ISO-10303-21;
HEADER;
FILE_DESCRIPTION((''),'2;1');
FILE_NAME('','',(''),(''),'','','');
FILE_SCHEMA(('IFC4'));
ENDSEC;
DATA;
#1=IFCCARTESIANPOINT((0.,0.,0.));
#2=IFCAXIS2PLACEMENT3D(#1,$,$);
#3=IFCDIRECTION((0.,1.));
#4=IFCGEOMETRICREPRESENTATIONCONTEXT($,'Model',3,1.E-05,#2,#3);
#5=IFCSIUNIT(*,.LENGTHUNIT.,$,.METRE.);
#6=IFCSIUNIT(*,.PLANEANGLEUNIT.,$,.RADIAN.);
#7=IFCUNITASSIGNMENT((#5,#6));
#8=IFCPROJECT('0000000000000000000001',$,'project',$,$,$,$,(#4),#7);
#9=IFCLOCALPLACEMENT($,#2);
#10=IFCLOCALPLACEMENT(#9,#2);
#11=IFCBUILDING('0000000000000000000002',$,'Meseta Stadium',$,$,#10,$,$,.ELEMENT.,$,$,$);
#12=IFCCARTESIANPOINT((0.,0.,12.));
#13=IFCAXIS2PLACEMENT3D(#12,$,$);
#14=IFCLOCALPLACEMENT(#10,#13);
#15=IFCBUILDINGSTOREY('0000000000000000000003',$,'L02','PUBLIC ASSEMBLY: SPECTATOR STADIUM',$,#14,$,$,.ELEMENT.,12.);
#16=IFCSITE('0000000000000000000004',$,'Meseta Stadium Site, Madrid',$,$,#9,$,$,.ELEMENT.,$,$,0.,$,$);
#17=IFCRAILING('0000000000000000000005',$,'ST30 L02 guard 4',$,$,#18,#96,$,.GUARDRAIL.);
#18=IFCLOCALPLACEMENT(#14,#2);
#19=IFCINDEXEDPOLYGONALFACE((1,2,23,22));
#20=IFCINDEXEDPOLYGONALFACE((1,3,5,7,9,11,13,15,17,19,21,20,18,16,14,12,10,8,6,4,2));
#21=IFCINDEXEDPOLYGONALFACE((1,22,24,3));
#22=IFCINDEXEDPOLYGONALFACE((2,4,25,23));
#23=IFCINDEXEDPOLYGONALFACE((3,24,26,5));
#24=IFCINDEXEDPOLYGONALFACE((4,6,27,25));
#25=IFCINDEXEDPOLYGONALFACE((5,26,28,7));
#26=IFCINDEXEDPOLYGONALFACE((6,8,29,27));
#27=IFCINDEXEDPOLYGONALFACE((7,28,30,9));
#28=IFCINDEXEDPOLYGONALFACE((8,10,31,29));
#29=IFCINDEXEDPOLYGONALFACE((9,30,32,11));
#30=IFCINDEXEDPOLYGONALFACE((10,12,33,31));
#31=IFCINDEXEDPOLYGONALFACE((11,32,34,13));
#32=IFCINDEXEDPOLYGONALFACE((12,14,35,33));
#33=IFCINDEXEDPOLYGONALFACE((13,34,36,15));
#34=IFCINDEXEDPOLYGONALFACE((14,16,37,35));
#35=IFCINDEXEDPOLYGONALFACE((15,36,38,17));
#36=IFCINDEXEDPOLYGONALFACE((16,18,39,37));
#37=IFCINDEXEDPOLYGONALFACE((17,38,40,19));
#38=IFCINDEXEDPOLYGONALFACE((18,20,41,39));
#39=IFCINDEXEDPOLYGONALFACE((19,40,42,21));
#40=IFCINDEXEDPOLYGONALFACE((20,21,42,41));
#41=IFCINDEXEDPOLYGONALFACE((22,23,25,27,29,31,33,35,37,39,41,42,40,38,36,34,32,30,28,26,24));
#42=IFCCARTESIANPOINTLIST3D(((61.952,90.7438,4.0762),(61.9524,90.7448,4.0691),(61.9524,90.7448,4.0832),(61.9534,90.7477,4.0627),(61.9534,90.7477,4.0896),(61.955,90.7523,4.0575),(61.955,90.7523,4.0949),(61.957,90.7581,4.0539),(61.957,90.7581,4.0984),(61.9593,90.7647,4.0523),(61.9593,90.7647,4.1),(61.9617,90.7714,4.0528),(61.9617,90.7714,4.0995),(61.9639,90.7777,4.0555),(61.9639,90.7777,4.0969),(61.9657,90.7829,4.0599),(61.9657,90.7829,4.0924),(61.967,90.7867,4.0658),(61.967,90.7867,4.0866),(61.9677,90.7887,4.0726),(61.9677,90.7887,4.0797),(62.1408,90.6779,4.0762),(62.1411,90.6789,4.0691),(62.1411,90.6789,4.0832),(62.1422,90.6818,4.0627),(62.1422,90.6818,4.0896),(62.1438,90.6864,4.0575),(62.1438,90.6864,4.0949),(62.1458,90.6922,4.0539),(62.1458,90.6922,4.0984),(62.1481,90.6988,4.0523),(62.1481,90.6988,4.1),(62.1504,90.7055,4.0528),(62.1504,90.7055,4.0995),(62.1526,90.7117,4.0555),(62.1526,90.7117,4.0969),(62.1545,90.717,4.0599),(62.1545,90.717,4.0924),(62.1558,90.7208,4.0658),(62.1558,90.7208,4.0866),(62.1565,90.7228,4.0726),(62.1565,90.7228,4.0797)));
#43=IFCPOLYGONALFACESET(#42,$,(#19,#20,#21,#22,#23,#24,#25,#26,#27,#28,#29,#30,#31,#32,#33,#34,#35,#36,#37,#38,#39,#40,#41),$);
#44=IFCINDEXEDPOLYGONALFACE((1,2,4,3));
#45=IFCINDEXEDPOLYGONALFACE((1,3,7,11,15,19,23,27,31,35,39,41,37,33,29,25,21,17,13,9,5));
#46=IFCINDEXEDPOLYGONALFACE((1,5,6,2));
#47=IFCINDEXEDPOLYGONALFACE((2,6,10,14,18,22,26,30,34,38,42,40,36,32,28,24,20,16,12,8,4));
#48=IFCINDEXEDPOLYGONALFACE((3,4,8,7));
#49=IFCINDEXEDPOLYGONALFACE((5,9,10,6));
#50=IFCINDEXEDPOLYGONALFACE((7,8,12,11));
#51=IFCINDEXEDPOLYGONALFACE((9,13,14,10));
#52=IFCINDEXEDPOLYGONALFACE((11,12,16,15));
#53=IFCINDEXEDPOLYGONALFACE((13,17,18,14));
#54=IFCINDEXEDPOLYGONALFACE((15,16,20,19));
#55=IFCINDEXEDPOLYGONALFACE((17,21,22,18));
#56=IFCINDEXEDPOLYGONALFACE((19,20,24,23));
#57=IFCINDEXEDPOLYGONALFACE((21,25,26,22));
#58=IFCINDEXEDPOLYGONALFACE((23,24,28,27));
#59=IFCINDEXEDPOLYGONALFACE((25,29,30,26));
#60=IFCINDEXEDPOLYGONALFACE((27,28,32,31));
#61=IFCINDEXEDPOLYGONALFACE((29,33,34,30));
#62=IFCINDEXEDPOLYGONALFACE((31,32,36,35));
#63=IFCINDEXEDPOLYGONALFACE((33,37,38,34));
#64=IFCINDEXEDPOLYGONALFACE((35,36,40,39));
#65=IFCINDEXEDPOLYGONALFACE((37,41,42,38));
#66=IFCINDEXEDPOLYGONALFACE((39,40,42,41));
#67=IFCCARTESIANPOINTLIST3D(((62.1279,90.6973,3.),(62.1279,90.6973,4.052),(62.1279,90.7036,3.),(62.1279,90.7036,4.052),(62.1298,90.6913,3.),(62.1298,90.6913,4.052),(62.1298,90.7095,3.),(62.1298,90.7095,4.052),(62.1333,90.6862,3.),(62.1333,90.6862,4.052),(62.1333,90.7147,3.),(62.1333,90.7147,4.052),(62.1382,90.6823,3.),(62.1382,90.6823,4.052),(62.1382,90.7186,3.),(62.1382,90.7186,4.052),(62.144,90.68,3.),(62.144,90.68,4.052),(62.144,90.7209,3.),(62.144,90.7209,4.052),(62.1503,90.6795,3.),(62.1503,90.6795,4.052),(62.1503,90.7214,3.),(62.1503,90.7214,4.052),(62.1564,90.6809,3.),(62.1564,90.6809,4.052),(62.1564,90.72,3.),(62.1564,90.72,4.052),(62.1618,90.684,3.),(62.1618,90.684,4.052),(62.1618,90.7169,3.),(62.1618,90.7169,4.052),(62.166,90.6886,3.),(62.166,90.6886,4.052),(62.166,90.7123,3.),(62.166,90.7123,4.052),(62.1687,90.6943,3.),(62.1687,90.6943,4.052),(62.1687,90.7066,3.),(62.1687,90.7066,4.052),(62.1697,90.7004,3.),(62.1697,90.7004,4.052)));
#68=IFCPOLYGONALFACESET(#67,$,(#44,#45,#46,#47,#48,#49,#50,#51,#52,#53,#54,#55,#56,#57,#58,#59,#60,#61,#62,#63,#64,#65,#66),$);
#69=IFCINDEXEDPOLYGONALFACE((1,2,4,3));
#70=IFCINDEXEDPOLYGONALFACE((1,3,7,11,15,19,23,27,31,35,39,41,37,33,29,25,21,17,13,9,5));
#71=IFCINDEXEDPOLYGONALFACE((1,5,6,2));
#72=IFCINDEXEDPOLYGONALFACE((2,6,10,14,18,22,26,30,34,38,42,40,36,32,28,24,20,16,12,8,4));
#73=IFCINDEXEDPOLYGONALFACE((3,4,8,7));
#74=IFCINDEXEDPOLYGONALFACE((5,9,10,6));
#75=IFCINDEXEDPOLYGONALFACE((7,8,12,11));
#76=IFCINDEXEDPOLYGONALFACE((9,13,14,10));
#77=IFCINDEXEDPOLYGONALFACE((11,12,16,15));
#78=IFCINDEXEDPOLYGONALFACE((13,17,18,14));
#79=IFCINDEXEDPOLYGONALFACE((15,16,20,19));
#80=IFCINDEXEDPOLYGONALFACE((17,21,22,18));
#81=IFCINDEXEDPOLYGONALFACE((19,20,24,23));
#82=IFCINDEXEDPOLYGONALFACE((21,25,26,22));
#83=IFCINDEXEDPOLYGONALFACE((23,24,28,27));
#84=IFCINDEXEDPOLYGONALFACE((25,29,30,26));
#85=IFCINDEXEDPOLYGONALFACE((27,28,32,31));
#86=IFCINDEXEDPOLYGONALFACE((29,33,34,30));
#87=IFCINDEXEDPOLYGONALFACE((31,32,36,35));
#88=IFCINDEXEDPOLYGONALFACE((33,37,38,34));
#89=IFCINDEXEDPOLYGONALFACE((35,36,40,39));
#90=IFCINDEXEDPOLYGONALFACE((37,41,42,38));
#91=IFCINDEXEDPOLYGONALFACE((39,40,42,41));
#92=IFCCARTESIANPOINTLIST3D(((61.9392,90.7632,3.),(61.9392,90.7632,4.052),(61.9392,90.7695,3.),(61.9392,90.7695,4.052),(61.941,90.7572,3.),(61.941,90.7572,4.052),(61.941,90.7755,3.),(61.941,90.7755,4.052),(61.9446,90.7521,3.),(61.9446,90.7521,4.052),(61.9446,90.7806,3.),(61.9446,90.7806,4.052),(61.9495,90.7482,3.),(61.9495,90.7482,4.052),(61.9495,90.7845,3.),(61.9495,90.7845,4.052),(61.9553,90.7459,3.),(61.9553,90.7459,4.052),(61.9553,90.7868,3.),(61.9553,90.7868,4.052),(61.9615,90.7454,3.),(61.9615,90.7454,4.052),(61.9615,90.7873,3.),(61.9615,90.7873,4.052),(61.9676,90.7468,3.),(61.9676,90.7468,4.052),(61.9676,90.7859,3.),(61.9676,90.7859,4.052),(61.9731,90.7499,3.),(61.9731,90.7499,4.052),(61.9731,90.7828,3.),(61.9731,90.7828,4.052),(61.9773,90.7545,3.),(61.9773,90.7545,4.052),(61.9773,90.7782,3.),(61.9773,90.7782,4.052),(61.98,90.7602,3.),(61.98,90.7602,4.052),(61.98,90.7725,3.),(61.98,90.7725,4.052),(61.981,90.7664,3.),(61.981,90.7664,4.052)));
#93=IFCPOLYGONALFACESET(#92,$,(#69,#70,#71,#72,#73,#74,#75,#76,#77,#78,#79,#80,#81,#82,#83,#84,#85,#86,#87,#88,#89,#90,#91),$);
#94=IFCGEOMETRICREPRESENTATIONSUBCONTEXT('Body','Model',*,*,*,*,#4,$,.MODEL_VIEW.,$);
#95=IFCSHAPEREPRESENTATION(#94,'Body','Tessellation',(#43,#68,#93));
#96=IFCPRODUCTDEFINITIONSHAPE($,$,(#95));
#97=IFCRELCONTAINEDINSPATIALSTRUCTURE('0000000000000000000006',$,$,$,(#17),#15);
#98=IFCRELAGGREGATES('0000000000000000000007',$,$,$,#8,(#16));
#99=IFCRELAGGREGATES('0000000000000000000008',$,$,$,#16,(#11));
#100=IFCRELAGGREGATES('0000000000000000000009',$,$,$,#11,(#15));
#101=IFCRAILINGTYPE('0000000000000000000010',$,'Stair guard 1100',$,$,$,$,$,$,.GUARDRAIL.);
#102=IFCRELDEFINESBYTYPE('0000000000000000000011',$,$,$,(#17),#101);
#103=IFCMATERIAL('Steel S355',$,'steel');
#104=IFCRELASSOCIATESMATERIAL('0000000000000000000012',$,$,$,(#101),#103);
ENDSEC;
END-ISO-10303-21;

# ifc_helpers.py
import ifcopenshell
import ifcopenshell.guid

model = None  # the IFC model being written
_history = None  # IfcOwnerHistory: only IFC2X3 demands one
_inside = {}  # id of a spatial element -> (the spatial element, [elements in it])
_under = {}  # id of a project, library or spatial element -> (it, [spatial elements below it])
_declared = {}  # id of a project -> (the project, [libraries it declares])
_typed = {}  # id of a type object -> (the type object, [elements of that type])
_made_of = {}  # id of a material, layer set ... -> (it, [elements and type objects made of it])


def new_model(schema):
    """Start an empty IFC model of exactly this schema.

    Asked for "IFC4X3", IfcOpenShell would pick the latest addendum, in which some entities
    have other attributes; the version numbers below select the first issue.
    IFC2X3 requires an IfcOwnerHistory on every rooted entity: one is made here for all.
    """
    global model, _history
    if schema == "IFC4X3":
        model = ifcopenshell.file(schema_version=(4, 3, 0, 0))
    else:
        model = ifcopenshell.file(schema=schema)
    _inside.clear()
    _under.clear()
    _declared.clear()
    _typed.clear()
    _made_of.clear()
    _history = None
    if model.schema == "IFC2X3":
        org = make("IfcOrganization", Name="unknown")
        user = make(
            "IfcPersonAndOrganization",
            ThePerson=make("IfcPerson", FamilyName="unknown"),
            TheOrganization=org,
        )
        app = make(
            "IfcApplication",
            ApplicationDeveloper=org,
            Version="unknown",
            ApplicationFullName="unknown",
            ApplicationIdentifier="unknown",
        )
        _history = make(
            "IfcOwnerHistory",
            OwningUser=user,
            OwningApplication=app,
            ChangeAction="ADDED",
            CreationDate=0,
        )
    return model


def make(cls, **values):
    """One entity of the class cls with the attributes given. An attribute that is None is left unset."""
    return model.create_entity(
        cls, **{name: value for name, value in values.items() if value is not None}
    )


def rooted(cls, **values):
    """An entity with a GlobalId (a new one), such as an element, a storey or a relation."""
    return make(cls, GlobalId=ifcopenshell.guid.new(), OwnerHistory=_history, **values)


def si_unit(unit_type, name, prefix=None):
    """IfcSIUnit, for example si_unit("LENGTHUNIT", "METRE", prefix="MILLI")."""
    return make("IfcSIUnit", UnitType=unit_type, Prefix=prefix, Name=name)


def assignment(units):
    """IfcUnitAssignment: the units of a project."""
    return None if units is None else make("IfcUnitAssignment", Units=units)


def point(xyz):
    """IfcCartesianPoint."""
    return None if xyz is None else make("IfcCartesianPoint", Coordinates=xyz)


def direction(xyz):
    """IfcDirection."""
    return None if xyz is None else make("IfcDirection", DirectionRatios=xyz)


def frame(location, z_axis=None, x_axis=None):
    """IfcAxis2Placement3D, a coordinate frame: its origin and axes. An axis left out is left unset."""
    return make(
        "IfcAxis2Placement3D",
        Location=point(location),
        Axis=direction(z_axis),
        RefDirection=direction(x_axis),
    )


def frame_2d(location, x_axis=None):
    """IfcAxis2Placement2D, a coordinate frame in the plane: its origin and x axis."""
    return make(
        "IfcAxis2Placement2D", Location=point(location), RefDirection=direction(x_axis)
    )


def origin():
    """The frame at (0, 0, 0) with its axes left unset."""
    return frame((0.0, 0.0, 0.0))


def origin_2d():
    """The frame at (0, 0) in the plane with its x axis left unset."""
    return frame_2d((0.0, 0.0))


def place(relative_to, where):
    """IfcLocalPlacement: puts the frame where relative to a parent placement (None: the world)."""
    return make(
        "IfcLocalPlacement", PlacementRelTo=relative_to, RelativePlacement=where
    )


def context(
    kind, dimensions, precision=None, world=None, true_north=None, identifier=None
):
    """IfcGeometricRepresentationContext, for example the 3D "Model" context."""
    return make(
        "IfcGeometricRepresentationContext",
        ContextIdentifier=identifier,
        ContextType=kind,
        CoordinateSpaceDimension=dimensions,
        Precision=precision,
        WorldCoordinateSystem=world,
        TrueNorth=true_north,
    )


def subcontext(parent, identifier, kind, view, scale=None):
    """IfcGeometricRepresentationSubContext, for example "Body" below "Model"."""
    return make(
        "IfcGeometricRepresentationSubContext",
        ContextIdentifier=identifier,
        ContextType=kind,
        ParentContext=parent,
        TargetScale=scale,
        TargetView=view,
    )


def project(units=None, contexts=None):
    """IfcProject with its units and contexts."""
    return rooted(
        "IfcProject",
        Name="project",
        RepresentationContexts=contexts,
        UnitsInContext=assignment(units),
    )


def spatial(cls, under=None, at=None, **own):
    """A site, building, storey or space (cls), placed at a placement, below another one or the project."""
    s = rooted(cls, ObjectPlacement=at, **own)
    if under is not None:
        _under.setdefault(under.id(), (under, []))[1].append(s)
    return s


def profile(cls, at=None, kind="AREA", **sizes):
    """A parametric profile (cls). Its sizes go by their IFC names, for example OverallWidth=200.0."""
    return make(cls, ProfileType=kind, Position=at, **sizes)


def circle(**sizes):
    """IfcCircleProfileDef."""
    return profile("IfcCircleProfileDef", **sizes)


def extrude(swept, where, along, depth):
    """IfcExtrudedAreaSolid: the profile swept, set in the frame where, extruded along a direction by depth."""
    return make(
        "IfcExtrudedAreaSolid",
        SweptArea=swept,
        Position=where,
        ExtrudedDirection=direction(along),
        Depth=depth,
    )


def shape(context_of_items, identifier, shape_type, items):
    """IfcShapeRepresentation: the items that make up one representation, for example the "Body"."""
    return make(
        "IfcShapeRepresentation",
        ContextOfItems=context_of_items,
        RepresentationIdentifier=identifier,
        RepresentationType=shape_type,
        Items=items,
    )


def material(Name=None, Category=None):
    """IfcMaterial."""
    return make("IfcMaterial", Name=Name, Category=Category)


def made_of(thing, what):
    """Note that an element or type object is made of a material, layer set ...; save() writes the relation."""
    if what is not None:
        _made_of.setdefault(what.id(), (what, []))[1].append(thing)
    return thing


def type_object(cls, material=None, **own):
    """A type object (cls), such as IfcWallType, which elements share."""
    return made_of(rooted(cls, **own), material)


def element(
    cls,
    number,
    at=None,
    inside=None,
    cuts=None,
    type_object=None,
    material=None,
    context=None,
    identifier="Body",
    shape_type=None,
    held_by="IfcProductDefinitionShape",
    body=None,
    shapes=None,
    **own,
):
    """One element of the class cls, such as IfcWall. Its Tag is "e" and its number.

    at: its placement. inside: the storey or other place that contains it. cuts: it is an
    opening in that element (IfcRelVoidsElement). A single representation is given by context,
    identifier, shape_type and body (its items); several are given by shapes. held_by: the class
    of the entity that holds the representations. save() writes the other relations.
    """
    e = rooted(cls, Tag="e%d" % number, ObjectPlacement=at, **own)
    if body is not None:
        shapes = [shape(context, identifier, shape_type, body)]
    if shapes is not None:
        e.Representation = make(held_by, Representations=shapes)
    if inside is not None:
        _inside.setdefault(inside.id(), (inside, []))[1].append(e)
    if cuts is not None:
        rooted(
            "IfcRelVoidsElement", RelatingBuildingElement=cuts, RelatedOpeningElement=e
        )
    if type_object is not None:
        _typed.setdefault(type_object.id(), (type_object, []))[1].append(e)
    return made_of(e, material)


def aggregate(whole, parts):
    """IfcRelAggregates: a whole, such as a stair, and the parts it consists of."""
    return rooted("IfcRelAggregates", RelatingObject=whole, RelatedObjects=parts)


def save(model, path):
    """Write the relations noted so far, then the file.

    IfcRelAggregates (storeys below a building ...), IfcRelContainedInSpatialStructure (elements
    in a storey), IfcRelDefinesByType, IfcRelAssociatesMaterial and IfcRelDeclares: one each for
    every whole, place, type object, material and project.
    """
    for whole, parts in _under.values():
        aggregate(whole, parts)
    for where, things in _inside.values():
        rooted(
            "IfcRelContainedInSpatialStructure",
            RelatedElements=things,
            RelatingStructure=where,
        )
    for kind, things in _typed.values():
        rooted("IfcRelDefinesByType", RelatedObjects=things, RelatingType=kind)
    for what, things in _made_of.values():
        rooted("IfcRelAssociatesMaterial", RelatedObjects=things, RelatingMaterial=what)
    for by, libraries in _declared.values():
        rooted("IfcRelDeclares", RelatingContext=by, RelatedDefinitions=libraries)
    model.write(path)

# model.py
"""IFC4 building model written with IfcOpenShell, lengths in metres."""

from ifc_helpers import new_model, si_unit, direction, frame, origin, origin_2d, place, context, subcontext, project, spatial, circle, extrude, material, type_object, element, save


model = new_model("IFC4")

# Units and contexts
model_context = context("Model", 3, precision=1e-05, world=origin(), true_north=direction((0.0, 1.0)))
body_context = subcontext(model_context, "Body", "Model", "MODEL_VIEW")
ifc_project = project(units=[si_unit("LENGTHUNIT", "METRE"), si_unit("PLANEANGLEUNIT", "RADIAN")], contexts=[model_context])

# Site, building, storey
site_placement = place(None, origin())
site = spatial("IfcSite", under=ifc_project, at=site_placement, Name="Meseta Stadium Site, Madrid", CompositionType="ELEMENT", RefElevation=0.0)
building_placement = place(site_placement, origin())
building = spatial("IfcBuilding", under=site, at=building_placement, Name="Meseta Stadium", CompositionType="ELEMENT")
storey_placement = place(building_placement, frame((0.0, 0.0, 12.0)))
storey = spatial("IfcBuildingStorey", under=building, at=storey_placement, Name="L02", Description="PUBLIC ASSEMBLY: SPECTATOR STADIUM", CompositionType="ELEMENT", Elevation=12.0)

# Railing
ifc_material_1 = material(Name="Steel S355", Category="steel")
railing_type_1 = type_object("IfcRailingType", Name="Stair guard 1100", PredefinedType="GUARDRAIL", material=ifc_material_1)
railing_1_placement = place(storey_placement, frame((62.1487, 90.7004, 3.0)))
element("IfcRailing", 1, at=railing_1_placement, inside=storey, type_object=railing_type_1, Name="ST30 L02 guard 4", PredefinedType="GUARDRAIL", context=body_context, shape_type="SweptSolid", body=[
    extrude(circle(Radius=0.0239, at=origin_2d()), frame((0.0, 0.0, 1.0762), z_axis=(-0.944068, 0.329752, 0.0), x_axis=(-0.329752, -0.944068, 0.0)), (0.0, 0.0, 1.0), 0.2),
    extrude(circle(Radius=0.021, at=origin_2d()), origin(), (0.0, 0.0, 1.0), 1.052),
    extrude(circle(Radius=0.021, at=origin_2d()), frame((-0.1887, 0.0659, 0.0)), (0.0, 0.0, 1.0), 1.052),
])

save(model, "model.ifc")
